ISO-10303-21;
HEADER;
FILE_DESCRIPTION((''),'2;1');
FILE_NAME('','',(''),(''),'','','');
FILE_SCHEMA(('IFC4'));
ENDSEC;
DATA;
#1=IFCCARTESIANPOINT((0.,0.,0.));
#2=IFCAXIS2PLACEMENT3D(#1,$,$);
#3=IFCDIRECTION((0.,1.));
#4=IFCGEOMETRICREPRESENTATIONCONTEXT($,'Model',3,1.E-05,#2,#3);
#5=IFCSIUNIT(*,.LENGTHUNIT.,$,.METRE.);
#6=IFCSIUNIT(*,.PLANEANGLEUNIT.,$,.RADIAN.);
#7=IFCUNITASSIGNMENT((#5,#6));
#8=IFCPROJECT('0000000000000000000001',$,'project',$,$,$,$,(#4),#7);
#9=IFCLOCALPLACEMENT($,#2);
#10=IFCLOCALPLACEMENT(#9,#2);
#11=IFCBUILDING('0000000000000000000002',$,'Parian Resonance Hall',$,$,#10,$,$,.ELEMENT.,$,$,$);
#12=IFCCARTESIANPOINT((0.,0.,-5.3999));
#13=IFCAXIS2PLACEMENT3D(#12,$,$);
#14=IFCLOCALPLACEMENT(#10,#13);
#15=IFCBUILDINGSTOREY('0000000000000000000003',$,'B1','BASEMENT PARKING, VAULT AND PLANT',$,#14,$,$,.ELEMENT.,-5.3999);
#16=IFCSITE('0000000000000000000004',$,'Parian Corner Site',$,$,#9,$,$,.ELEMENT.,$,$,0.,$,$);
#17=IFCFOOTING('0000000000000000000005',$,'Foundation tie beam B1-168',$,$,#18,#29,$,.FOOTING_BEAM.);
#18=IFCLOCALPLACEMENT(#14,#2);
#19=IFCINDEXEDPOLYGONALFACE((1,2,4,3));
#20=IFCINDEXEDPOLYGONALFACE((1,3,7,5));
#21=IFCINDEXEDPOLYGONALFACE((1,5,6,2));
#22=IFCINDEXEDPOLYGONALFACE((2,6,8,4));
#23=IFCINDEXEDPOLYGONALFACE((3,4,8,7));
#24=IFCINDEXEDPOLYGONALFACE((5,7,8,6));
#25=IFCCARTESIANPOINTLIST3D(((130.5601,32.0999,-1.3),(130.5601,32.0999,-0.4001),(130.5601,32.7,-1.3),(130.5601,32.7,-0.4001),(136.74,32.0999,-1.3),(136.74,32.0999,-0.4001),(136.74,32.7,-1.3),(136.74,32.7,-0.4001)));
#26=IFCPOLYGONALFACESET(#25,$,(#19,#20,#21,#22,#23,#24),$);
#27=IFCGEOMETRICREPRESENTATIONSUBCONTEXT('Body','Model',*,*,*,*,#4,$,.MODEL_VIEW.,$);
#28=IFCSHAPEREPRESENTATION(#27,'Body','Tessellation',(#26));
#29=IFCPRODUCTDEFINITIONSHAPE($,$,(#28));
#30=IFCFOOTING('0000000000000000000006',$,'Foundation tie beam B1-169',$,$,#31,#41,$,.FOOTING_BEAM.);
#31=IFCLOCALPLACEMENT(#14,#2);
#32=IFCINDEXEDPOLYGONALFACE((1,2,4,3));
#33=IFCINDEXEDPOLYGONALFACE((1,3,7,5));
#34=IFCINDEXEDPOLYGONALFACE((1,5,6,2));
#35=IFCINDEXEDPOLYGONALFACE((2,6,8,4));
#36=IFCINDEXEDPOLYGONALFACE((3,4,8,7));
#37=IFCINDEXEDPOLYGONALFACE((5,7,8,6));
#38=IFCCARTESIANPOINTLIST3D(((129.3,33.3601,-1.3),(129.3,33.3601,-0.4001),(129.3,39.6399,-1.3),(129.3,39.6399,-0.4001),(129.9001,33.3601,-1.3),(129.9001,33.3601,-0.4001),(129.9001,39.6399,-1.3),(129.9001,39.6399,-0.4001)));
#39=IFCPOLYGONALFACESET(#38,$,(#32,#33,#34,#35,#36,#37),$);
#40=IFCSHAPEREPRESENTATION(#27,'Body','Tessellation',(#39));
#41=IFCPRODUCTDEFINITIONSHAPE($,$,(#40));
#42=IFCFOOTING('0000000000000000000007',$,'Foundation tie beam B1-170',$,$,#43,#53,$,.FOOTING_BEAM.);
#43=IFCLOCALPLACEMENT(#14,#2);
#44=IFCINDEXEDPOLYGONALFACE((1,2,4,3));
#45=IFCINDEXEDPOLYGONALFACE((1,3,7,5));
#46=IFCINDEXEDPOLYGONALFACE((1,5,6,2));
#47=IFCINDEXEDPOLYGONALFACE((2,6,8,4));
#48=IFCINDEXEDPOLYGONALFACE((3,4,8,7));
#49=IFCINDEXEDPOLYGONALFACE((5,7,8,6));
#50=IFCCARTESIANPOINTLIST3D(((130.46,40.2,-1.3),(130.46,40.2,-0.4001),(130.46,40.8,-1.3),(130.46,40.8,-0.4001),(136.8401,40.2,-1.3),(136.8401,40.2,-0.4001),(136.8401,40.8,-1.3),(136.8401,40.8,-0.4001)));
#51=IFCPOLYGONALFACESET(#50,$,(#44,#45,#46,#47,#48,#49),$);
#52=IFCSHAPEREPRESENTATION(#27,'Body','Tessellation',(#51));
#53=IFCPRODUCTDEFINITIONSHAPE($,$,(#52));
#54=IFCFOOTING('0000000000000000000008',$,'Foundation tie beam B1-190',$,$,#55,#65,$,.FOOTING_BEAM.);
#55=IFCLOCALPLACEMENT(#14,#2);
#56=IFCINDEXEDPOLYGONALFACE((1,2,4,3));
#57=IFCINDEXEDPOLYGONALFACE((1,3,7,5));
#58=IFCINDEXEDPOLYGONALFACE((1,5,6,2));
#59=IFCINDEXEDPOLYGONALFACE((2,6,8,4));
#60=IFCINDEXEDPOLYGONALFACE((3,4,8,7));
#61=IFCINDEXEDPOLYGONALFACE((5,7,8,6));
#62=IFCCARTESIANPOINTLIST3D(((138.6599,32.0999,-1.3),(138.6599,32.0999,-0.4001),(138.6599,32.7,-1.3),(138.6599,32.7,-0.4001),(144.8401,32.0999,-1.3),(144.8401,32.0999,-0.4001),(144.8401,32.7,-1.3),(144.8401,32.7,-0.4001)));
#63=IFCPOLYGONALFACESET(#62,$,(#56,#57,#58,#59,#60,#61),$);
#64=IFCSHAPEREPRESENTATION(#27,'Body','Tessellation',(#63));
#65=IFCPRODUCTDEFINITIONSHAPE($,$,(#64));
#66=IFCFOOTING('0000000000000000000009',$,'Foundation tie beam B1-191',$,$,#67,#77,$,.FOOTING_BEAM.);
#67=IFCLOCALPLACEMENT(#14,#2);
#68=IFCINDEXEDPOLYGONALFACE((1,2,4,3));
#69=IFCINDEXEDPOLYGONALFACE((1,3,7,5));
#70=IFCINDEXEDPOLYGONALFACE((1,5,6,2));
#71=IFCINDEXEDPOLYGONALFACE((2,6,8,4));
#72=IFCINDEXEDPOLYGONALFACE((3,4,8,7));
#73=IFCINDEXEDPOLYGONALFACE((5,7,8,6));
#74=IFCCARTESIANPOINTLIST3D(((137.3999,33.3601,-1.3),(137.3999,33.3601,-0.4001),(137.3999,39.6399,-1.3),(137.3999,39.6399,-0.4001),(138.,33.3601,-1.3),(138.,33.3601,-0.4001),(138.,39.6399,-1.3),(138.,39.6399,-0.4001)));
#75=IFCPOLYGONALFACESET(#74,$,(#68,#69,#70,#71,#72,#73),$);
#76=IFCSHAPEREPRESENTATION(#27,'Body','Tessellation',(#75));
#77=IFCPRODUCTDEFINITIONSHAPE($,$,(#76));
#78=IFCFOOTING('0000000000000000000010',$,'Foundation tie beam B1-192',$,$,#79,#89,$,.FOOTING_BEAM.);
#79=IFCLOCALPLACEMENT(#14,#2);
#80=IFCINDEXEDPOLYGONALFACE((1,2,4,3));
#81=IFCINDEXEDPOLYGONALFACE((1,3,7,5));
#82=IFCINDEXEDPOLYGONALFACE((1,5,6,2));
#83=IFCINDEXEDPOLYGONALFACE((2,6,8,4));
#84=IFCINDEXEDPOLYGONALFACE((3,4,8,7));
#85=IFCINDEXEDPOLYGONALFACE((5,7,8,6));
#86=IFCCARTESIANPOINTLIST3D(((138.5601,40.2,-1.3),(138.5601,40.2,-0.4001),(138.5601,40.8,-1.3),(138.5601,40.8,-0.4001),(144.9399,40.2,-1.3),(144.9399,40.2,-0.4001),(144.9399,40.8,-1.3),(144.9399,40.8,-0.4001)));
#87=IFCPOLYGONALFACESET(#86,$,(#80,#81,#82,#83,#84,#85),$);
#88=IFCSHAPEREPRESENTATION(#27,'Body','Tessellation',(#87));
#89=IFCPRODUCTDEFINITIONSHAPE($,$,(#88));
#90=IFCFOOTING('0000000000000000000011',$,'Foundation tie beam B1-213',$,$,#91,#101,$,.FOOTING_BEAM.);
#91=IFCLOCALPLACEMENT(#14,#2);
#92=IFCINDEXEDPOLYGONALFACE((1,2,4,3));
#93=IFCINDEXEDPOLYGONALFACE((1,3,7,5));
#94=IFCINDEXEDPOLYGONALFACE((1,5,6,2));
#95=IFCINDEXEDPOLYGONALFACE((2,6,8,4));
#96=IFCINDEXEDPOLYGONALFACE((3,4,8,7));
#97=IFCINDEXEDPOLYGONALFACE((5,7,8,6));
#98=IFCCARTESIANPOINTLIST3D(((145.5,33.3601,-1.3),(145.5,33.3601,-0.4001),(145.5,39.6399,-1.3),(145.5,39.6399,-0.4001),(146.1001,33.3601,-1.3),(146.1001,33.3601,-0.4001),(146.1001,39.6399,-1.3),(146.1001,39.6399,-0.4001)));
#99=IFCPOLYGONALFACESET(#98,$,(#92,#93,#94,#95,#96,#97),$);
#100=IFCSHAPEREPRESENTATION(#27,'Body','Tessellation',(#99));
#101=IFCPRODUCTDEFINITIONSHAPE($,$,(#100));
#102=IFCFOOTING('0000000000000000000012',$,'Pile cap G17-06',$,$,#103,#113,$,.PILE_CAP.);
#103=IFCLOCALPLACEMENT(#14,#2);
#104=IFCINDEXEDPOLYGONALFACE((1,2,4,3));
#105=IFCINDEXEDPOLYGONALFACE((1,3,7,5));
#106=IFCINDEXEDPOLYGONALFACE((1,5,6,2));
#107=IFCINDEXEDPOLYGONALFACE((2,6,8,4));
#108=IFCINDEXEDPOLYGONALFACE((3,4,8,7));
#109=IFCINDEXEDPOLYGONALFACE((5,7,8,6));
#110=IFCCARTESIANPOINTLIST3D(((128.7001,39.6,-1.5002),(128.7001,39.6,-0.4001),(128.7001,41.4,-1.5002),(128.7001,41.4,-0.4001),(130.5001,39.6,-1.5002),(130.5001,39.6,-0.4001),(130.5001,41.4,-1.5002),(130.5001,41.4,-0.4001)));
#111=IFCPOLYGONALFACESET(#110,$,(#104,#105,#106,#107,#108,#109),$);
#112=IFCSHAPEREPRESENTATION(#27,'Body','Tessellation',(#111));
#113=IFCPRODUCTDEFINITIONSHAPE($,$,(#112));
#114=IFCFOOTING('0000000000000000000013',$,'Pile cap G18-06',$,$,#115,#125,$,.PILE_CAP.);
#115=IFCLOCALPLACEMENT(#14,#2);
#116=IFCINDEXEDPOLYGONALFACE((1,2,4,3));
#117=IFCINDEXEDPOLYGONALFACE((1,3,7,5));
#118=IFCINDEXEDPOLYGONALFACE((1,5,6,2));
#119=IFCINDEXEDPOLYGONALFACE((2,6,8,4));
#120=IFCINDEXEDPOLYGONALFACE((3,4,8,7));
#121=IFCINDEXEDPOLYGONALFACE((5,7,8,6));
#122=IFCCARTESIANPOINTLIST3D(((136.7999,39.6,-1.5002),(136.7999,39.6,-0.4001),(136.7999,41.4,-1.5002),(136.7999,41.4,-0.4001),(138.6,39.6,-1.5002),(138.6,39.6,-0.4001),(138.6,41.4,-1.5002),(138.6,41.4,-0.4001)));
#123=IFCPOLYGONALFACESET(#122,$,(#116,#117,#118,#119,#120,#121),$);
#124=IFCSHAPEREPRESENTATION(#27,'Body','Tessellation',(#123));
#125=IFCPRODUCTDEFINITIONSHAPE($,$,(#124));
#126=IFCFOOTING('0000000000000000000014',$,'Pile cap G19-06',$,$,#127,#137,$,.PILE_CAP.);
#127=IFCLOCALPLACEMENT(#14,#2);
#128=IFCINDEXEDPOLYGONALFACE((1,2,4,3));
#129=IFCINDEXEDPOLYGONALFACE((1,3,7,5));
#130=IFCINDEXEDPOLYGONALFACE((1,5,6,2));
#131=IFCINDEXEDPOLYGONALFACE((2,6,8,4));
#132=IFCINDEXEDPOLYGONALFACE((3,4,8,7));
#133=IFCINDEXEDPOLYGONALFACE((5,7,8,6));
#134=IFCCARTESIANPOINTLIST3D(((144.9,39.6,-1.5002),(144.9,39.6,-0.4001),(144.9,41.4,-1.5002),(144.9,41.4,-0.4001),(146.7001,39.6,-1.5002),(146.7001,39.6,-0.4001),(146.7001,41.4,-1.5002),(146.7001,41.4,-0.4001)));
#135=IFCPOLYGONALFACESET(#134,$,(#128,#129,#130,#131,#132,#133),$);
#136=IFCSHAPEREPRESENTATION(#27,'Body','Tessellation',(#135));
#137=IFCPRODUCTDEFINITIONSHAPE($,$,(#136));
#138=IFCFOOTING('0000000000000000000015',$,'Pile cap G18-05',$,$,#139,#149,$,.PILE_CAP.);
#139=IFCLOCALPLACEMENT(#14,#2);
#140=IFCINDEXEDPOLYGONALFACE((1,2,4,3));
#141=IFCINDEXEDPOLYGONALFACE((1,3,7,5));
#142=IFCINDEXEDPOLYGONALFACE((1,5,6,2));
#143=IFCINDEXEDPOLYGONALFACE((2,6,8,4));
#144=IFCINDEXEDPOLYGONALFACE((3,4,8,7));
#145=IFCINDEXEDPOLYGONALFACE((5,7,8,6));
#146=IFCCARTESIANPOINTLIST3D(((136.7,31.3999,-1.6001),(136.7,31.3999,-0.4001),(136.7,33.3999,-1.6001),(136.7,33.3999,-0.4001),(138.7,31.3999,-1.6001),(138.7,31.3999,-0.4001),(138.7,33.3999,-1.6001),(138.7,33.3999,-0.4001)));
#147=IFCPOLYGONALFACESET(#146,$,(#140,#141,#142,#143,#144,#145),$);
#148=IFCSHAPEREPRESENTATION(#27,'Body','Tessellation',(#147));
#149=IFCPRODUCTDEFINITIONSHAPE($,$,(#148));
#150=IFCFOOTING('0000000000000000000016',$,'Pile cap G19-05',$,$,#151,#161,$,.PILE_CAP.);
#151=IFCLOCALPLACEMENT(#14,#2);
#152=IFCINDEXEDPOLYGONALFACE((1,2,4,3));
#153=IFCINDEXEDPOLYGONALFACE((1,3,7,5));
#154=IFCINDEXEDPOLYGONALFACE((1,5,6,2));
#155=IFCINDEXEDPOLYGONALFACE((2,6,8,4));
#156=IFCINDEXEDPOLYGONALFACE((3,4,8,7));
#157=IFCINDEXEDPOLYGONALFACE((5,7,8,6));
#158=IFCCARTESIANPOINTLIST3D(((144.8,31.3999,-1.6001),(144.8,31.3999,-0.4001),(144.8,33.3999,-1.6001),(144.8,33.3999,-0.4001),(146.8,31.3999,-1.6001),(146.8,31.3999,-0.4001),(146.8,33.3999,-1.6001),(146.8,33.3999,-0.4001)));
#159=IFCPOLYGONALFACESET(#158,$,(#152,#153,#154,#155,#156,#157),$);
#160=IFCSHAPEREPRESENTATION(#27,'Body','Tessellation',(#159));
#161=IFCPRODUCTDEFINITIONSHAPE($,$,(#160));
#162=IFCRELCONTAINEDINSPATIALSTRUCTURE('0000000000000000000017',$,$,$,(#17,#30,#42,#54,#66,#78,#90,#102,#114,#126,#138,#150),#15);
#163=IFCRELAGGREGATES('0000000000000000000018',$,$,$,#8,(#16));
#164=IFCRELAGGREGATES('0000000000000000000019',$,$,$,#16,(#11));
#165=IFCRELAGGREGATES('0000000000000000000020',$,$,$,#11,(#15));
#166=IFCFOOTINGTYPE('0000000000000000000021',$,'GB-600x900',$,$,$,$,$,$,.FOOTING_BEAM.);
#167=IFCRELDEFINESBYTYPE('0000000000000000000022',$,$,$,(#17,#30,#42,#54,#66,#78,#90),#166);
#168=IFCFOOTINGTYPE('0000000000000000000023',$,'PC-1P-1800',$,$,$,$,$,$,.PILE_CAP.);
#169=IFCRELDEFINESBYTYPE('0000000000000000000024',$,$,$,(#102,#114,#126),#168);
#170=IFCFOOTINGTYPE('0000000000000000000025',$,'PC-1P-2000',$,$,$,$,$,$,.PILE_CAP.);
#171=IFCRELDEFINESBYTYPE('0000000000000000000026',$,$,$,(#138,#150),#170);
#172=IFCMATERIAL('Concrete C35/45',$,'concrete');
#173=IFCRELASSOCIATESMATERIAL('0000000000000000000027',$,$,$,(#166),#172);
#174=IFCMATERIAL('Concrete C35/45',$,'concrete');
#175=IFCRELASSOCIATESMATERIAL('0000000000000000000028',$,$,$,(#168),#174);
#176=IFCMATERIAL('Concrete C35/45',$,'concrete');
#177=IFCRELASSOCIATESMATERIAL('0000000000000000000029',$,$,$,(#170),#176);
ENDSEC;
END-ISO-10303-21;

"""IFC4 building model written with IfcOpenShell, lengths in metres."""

from ifc_helpers import new_model, si_unit, direction, frame, origin, origin_2d, place, context, subcontext, project, spatial, rectangle, extrude, material, material_profile, profile_set, type_object, element, save


model = new_model("IFC4")

# Units and contexts
model_context = context("Model", 3, precision=1e-05, world=origin(), true_north=direction((0.0, 1.0)))
body_context = subcontext(model_context, "Body", "Model", "MODEL_VIEW")
ifc_project = project(units=[si_unit("LENGTHUNIT", "METRE"), si_unit("PLANEANGLEUNIT", "RADIAN")], contexts=[model_context])

# Site, building, storey
site_placement = place(None, origin())
site = spatial("IfcSite", under=ifc_project, at=site_placement, Name="Parian Corner Site", CompositionType="ELEMENT", RefElevation=0.0)
building_placement = place(site_placement, origin())
building = spatial("IfcBuilding", under=site, at=building_placement, Name="Parian Resonance Hall", CompositionType="ELEMENT")
storey_placement = place(building_placement, frame((0.0, 0.0, -5.3999)))
storey = spatial("IfcBuildingStorey", under=building, at=storey_placement, Name="B1", Description="BASEMENT PARKING, VAULT AND PLANT", CompositionType="ELEMENT", Elevation=-5.3999)

# Footings
ifc_material_1 = material(Name="Concrete C35/45", Category="concrete")
ifc_material_profile_1 = material_profile(ifc_material_1, rectangle(XDim=0.6001, YDim=0.8999, at=origin_2d()), Name="RC-GB-600x900")
ifc_profile_set_1 = profile_set([ifc_material_profile_1], Name="Concrete C35/45")
footing_type_1 = type_object("IfcFootingType", Name="GB-600x900", PredefinedType="FOOTING_BEAM", material=ifc_profile_set_1)
footing_1_placement = place(storey_placement, frame((130.5601, 32.3999, -0.8501), z_axis=(1.0, 0.0, 0.0), x_axis=(0.0, 1.0, 0.0)))
element("IfcFooting", 1, at=footing_1_placement, inside=storey, type_object=footing_type_1, Name="Foundation tie beam B1-168", PredefinedType="FOOTING_BEAM", context=body_context, shape_type="SweptSolid", body=[
    extrude(rectangle(XDim=0.6001, YDim=0.8999, at=origin_2d()), origin(), (0.0, 0.0, 1.0), 6.1799),
])
footing_2_placement = place(storey_placement, frame((129.6001, 33.3601, -0.8501), z_axis=(0.0, 1.0, 0.0), x_axis=(-1.0, 0.0, 0.0)))
element("IfcFooting", 2, at=footing_2_placement, inside=storey, type_object=footing_type_1, Name="Foundation tie beam B1-169", PredefinedType="FOOTING_BEAM", context=body_context, shape_type="SweptSolid", body=[
    extrude(rectangle(XDim=0.6001, YDim=0.8999, at=origin_2d()), origin(), (0.0, 0.0, 1.0), 6.2798),
])
footing_3_placement = place(storey_placement, frame((130.46, 40.5, -0.8501), z_axis=(1.0, 0.0, 0.0), x_axis=(0.0, 1.0, 0.0)))
element("IfcFooting", 3, at=footing_3_placement, inside=storey, type_object=footing_type_1, Name="Foundation tie beam B1-170", PredefinedType="FOOTING_BEAM", context=body_context, shape_type="SweptSolid", body=[
    extrude(rectangle(XDim=0.6001, YDim=0.8999, at=origin_2d()), origin(), (0.0, 0.0, 1.0), 6.3801),
])
footing_4_placement = place(storey_placement, frame((138.6599, 32.3999, -0.8501), z_axis=(1.0, 0.0, 0.0), x_axis=(0.0, 1.0, 0.0)))
element("IfcFooting", 4, at=footing_4_placement, inside=storey, type_object=footing_type_1, Name="Foundation tie beam B1-190", PredefinedType="FOOTING_BEAM", context=body_context, shape_type="SweptSolid", body=[
    extrude(rectangle(XDim=0.6001, YDim=0.8999, at=origin_2d()), origin(), (0.0, 0.0, 1.0), 6.1802),
])
footing_5_placement = place(storey_placement, frame((137.7, 33.3601, -0.8501), z_axis=(0.0, 1.0, 0.0), x_axis=(-1.0, 0.0, 0.0)))
element("IfcFooting", 5, at=footing_5_placement, inside=storey, type_object=footing_type_1, Name="Foundation tie beam B1-191", PredefinedType="FOOTING_BEAM", context=body_context, shape_type="SweptSolid", body=[
    extrude(rectangle(XDim=0.6001, YDim=0.8999, at=origin_2d()), origin(), (0.0, 0.0, 1.0), 6.2798),
])
footing_6_placement = place(storey_placement, frame((138.5601, 40.5, -0.8501), z_axis=(1.0, 0.0, 0.0), x_axis=(0.0, 1.0, 0.0)))
element("IfcFooting", 6, at=footing_6_placement, inside=storey, type_object=footing_type_1, Name="Foundation tie beam B1-192", PredefinedType="FOOTING_BEAM", context=body_context, shape_type="SweptSolid", body=[
    extrude(rectangle(XDim=0.6001, YDim=0.8999, at=origin_2d()), origin(), (0.0, 0.0, 1.0), 6.3799),
])
footing_7_placement = place(storey_placement, frame((145.8, 33.3601, -0.8501), z_axis=(0.0, 1.0, 0.0), x_axis=(-1.0, 0.0, 0.0)))
element("IfcFooting", 7, at=footing_7_placement, inside=storey, type_object=footing_type_1, Name="Foundation tie beam B1-213", PredefinedType="FOOTING_BEAM", context=body_context, shape_type="SweptSolid", body=[
    extrude(rectangle(XDim=0.6001, YDim=0.8999, at=origin_2d()), origin(), (0.0, 0.0, 1.0), 6.2798),
])
ifc_material_2 = material(Name="Concrete C35/45", Category="concrete")
footing_type_2 = type_object("IfcFootingType", Name="PC-1P-1800", PredefinedType="PILE_CAP", material=ifc_material_2)
for number, where, z_axis, x_axis, name in (
    (8, (129.6001, 40.5, -1.5002), (0.0, 0.0, 1.0), (1.0, 0.0, 0.0), "Pile cap G17-06"),
    (9, (137.7, 40.5, -1.5002), (0.0, 0.0, 1.0), (1.0, 0.0, 0.0), "Pile cap G18-06"),
    (10, (145.8, 40.5, -1.5002), (0.0, 0.0, 1.0), (1.0, 0.0, 0.0), "Pile cap G19-06"),
):
    element("IfcFooting", number, at=place(storey_placement, frame(where, z_axis=z_axis, x_axis=x_axis)), inside=storey, type_object=footing_type_2, Name=name, PredefinedType="PILE_CAP", context=body_context, shape_type="SweptSolid", body=[
        extrude(rectangle(XDim=1.8, YDim=1.8, at=origin_2d()), origin(), (0.0, 0.0, 1.0), 1.1001),
    ])
ifc_material_3 = material(Name="Concrete C35/45", Category="concrete")
footing_type_3 = type_object("IfcFootingType", Name="PC-1P-2000", PredefinedType="PILE_CAP", material=ifc_material_3)
for number, where, z_axis, x_axis, name in (
    (11, (137.7, 32.3999, -1.6001), (0.0, 0.0, 1.0), (1.0, 0.0, 0.0), "Pile cap G18-05"),
    (12, (145.8, 32.3999, -1.6001), (0.0, 0.0, 1.0), (1.0, 0.0, 0.0), "Pile cap G19-05"),
):
    element("IfcFooting", number, at=place(storey_placement, frame(where, z_axis=z_axis, x_axis=x_axis)), inside=storey, type_object=footing_type_3, Name=name, PredefinedType="PILE_CAP", context=body_context, shape_type="SweptSolid", body=[
        extrude(rectangle(XDim=2.0, YDim=2.0, at=origin_2d()), origin(), (0.0, 0.0, 1.0), 1.2),
    ])

save(model, "model.ifc")
